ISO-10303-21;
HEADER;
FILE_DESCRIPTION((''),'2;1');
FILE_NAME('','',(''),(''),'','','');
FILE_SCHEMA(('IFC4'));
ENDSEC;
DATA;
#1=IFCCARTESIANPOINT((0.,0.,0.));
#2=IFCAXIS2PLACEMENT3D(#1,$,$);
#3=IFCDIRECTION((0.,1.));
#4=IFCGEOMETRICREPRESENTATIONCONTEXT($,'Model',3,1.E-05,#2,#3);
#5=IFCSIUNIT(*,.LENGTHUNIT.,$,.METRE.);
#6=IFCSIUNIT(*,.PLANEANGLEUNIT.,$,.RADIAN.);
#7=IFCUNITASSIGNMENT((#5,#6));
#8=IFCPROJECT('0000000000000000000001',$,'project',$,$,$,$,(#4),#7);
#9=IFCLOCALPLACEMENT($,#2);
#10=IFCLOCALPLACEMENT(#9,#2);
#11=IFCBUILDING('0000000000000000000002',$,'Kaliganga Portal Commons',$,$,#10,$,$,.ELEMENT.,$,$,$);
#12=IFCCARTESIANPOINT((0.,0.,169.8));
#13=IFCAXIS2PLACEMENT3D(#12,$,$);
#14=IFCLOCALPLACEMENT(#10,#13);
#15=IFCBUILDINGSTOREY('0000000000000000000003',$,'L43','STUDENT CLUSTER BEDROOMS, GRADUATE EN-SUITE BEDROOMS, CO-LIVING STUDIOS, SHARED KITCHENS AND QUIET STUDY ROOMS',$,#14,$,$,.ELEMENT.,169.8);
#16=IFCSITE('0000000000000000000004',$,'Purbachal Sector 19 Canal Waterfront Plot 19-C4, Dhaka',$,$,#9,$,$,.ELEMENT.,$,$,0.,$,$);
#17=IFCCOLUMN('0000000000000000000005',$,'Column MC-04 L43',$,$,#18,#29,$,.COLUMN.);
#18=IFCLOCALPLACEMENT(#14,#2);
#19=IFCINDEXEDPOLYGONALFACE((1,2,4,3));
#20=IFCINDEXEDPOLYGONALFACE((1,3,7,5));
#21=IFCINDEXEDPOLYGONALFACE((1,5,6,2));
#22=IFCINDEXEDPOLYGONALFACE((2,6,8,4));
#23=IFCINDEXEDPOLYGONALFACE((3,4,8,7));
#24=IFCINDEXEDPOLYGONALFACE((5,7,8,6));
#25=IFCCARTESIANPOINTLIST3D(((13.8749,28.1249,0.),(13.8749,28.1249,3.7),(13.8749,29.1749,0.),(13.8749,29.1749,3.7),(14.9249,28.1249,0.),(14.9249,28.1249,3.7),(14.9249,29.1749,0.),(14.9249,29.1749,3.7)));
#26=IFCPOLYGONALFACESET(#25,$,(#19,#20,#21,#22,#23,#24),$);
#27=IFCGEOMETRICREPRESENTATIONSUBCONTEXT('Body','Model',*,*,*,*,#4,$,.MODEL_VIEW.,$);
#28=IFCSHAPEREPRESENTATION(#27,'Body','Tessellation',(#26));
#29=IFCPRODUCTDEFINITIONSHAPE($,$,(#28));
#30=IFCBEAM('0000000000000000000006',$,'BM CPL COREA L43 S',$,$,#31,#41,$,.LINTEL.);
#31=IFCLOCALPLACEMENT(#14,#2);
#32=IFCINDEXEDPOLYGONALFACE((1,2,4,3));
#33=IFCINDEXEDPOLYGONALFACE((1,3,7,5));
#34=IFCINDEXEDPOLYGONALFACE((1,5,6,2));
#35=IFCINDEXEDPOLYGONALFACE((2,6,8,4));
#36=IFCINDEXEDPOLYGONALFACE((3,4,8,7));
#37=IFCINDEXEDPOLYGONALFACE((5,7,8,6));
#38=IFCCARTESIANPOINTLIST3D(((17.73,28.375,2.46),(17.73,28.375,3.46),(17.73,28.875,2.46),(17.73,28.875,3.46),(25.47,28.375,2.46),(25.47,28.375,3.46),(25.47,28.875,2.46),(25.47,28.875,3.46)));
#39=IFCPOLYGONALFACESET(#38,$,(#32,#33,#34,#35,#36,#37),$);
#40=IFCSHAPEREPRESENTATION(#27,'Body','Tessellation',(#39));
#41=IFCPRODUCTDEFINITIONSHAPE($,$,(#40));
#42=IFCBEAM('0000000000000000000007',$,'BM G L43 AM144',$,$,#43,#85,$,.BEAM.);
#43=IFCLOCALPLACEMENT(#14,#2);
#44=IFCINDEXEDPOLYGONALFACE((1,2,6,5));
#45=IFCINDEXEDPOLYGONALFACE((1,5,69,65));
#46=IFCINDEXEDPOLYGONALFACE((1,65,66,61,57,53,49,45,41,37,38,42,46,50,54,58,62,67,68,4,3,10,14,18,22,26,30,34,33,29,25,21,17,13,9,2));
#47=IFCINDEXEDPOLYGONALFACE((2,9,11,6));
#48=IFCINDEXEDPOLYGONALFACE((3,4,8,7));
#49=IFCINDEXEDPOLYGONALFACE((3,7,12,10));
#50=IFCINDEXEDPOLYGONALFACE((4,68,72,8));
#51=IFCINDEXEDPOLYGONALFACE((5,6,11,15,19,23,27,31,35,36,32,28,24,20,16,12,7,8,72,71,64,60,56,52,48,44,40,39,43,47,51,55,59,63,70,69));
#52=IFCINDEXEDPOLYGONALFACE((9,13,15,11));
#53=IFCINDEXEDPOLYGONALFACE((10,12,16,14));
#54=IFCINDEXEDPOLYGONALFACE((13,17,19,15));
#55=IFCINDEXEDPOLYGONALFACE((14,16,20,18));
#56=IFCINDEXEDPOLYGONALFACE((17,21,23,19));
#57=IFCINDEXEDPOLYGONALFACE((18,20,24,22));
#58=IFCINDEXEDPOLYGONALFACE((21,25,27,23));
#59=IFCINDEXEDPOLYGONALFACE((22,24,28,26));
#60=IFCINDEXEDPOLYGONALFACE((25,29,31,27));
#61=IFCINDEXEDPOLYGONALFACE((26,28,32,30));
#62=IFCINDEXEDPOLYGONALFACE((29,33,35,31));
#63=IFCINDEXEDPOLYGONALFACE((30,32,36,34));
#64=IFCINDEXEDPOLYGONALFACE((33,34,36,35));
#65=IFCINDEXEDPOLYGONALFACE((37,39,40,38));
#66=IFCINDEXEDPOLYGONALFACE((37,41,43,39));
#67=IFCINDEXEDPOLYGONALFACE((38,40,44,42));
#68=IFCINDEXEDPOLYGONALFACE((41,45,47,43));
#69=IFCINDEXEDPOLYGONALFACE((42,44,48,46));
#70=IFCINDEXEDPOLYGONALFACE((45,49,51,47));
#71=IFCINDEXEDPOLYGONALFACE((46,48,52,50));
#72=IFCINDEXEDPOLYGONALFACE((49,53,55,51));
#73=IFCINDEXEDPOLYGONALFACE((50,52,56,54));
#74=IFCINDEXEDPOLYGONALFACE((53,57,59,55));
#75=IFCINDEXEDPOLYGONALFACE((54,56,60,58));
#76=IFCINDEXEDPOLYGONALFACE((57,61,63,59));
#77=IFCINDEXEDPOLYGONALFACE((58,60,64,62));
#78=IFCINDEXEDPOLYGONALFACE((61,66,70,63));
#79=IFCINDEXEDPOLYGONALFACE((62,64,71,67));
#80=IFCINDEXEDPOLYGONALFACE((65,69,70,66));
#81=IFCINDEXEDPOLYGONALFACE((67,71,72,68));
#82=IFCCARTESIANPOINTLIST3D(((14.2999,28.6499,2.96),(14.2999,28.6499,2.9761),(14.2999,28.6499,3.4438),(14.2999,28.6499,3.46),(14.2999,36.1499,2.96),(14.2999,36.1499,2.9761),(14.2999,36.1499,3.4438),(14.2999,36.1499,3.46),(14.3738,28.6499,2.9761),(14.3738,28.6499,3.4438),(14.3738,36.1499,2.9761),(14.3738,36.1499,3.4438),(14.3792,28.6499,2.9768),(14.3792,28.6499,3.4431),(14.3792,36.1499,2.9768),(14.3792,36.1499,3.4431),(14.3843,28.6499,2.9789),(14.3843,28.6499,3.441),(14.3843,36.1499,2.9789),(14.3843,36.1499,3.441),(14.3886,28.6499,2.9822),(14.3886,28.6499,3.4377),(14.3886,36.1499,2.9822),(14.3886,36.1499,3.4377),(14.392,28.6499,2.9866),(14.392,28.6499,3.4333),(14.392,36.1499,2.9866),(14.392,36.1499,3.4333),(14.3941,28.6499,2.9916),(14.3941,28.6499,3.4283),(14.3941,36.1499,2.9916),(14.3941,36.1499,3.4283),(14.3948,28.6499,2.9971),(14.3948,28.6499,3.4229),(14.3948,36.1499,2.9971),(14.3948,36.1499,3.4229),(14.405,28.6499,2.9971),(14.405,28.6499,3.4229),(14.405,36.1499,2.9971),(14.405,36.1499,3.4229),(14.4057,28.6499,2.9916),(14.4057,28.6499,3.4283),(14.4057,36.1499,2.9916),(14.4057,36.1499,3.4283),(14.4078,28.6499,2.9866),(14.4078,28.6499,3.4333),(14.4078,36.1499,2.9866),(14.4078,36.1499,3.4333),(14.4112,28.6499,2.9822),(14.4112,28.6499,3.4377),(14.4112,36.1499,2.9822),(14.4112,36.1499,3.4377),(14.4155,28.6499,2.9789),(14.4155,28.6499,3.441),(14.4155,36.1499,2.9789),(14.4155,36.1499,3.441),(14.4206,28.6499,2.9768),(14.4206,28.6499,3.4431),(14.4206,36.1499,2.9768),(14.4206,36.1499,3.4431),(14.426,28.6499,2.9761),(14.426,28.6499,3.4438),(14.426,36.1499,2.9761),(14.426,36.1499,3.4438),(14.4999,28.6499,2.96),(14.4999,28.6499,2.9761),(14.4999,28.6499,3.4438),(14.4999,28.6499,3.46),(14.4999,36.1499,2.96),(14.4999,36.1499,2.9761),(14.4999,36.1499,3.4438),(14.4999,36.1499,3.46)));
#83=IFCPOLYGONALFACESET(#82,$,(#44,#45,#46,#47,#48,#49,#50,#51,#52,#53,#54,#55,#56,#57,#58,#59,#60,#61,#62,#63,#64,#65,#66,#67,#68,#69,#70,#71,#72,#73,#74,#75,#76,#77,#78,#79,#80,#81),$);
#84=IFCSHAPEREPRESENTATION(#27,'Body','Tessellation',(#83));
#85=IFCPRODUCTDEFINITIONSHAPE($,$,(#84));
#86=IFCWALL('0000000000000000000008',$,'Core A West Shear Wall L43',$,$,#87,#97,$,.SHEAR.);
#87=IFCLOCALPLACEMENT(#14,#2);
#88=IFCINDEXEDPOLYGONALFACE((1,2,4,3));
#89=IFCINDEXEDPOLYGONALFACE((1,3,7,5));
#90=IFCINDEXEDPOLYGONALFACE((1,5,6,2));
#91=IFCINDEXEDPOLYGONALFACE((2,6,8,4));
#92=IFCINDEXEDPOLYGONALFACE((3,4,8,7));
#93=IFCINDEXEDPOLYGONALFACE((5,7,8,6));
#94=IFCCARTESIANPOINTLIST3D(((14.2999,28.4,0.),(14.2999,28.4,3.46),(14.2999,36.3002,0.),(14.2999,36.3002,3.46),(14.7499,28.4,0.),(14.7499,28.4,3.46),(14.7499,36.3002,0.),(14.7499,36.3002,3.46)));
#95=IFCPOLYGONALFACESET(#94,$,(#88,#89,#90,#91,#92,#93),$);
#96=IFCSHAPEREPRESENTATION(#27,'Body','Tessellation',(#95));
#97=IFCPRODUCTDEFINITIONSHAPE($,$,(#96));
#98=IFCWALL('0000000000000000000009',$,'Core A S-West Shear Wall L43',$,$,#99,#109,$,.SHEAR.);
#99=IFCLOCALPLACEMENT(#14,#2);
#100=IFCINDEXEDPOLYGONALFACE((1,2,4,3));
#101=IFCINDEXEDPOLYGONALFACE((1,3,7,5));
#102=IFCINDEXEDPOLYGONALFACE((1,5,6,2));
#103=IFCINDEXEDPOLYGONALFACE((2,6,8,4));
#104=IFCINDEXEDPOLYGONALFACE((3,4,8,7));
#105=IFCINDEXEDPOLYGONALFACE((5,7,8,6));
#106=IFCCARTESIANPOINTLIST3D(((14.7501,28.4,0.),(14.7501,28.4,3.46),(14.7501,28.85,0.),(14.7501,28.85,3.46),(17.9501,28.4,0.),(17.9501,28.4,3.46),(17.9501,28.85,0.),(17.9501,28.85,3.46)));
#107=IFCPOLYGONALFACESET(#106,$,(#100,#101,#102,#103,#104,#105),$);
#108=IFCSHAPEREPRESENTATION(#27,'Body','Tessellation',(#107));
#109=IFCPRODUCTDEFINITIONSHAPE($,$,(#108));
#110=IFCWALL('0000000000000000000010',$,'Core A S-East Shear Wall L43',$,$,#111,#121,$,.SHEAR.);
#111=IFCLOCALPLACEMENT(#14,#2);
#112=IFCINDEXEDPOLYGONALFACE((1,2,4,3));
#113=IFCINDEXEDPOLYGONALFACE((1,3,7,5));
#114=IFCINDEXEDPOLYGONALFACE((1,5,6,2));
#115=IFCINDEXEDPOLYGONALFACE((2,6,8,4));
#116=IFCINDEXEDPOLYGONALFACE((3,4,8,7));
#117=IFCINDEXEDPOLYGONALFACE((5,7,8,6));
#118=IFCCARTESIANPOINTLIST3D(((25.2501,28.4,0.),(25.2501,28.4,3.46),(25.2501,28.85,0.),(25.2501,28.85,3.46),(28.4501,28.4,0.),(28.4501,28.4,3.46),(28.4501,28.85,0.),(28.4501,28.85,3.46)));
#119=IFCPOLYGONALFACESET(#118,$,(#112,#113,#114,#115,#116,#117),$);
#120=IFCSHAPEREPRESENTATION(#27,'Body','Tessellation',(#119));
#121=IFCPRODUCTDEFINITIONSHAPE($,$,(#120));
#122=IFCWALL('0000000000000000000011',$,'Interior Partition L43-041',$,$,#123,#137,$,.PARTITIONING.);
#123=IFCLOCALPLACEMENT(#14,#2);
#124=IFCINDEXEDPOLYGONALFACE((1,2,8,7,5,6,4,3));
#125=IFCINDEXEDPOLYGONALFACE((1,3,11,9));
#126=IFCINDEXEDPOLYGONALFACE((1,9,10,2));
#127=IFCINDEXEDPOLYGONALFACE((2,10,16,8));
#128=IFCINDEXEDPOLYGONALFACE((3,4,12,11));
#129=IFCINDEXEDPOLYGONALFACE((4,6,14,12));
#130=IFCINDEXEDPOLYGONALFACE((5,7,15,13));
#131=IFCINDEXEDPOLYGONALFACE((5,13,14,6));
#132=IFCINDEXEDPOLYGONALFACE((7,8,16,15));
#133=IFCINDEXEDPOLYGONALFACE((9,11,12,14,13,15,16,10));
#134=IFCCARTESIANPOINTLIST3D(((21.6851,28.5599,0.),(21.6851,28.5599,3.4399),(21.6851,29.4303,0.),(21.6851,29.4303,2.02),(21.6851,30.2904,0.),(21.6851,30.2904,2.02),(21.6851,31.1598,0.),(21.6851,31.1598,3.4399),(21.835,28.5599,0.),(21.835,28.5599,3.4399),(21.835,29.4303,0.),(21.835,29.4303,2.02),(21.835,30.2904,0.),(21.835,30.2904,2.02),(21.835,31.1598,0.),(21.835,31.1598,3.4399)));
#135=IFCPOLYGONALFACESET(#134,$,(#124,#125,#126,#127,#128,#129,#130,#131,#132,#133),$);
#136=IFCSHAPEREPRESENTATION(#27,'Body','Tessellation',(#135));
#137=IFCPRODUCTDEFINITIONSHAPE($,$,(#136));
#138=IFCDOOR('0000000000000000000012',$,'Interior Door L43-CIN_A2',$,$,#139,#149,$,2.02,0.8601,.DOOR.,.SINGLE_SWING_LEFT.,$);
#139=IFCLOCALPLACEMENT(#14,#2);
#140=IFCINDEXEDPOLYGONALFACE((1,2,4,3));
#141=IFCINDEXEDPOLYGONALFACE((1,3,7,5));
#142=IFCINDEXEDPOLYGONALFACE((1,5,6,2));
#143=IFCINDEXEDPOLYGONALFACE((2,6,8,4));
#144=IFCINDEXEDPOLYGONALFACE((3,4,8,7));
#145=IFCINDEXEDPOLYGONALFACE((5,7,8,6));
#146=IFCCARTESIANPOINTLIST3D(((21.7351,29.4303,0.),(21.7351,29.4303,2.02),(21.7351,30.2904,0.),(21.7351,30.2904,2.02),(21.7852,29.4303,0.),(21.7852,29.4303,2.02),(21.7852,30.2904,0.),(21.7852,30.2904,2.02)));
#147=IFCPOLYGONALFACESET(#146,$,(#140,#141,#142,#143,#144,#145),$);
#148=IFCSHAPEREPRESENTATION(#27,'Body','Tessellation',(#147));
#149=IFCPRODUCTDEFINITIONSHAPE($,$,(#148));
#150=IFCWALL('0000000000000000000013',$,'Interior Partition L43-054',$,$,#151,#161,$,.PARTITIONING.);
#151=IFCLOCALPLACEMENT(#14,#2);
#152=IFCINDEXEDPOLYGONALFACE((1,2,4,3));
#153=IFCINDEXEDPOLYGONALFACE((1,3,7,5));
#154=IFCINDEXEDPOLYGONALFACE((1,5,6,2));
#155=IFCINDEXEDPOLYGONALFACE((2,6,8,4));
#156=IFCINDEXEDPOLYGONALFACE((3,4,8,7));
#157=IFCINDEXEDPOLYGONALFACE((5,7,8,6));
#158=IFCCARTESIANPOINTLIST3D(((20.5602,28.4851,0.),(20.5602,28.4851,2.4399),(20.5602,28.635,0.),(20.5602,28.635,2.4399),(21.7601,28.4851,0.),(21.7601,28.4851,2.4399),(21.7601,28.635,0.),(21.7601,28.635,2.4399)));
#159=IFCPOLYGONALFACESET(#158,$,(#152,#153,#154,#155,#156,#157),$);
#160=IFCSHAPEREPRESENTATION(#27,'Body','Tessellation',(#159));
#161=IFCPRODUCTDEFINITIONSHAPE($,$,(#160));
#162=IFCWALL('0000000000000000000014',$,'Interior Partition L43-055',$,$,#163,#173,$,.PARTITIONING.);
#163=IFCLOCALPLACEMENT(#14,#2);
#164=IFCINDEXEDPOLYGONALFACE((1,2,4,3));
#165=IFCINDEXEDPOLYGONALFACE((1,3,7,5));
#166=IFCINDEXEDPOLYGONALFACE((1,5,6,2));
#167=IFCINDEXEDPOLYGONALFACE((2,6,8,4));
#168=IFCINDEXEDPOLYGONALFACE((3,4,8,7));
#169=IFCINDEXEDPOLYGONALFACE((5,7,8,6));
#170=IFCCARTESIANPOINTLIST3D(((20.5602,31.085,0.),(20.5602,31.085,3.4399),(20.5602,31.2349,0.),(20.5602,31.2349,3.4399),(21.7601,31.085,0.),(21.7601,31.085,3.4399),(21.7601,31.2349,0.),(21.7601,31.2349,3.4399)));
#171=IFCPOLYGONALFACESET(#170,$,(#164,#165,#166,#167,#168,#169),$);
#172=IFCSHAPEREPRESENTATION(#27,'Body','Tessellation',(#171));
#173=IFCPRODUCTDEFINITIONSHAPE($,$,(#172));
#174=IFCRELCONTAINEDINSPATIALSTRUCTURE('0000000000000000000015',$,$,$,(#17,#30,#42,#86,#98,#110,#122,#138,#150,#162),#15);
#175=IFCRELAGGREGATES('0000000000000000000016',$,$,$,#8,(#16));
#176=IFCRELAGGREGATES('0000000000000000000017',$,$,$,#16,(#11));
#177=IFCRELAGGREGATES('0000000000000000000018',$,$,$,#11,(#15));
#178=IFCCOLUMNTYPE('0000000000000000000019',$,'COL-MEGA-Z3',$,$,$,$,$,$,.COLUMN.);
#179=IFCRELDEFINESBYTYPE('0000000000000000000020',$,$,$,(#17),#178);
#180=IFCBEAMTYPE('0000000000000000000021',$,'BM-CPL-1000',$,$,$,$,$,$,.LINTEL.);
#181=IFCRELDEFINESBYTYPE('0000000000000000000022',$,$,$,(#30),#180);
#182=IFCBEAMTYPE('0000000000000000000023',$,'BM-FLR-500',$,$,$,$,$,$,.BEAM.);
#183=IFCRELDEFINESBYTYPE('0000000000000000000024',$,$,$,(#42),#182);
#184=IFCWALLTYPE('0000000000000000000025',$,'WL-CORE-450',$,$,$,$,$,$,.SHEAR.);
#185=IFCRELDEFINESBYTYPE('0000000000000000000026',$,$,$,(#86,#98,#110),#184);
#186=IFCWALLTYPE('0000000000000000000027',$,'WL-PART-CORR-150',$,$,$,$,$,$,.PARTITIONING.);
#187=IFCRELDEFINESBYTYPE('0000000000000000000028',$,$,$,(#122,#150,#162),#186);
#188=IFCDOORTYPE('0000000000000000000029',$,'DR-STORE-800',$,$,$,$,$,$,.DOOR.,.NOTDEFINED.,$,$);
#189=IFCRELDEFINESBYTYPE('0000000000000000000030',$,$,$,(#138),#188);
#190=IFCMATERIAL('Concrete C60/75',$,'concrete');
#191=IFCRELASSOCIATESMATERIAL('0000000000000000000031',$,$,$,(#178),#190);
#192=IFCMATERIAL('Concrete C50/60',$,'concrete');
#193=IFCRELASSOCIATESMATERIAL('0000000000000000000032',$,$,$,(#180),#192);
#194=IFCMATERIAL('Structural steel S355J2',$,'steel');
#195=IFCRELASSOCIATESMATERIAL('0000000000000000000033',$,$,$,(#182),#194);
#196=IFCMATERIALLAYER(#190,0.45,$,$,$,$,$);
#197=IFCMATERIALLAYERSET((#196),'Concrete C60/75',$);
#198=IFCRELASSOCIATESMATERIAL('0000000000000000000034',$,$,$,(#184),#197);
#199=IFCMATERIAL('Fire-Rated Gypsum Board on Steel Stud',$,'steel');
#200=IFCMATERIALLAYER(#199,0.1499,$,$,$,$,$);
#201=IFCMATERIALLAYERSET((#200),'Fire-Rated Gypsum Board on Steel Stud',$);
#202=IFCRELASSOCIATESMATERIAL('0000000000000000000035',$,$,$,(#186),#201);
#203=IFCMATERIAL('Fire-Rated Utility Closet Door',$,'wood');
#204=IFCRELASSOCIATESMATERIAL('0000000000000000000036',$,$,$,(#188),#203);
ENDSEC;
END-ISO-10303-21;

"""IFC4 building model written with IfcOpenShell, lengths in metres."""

from ifc_helpers import new_model, si_unit, direction, frame, frame_2d, origin, origin_2d, place, context, subcontext, project, spatial, rectangle, i_section, extrude, source, transform, mapped, material, layer, layer_set, material_profile, profile_set, type_object, element, fill, save


model = new_model("IFC4")

# Units and contexts
model_context = context("Model", 3, precision=1e-05, world=origin(), true_north=direction((0.0, 1.0)))
body_context = subcontext(model_context, "Body", "Model", "MODEL_VIEW")
ifc_project = project(units=[si_unit("LENGTHUNIT", "METRE"), si_unit("PLANEANGLEUNIT", "RADIAN")], contexts=[model_context])

# Site, building, storey
site_placement = place(None, origin())
site = spatial("IfcSite", under=ifc_project, at=site_placement, Name="Purbachal Sector 19 Canal Waterfront Plot 19-C4, Dhaka", CompositionType="ELEMENT", RefElevation=0.0)
building_placement = place(site_placement, origin())
building = spatial("IfcBuilding", under=site, at=building_placement, Name="Kaliganga Portal Commons", CompositionType="ELEMENT")
storey_placement = place(building_placement, frame((0.0, 0.0, 169.8)))
storey = spatial("IfcBuildingStorey", under=building, at=storey_placement, Name="L43", Description="STUDENT CLUSTER BEDROOMS, GRADUATE EN-SUITE BEDROOMS, CO-LIVING STUDIOS, SHARED KITCHENS AND QUIET STUDY ROOMS", CompositionType="ELEMENT", Elevation=169.8)

# Column
ifc_material_1 = material(Name="Concrete C60/75", Category="concrete")
ifc_material_profile_1 = material_profile(ifc_material_1, rectangle(XDim=1.05, YDim=1.05, at=origin_2d()), Name="RC 1050x1050")
ifc_profile_set_1 = profile_set([ifc_material_profile_1], Name="Concrete C60/75")
column_type = type_object("IfcColumnType", Name="COL-MEGA-Z3", PredefinedType="COLUMN", material=ifc_profile_set_1)
shared_shape_1 = source(origin(), body_context, "Body", "SweptSolid", [
    extrude(rectangle(XDim=1.05, YDim=1.05, at=origin_2d()), origin(), (0.0, 0.0, 1.0), 3.7),
])
column_placement = place(storey_placement, frame((14.3999, 28.6499, 0.0), z_axis=(0.0, 0.0, 1.0), x_axis=(1.0, 0.0, 0.0)))
element("IfcColumn", 1, at=column_placement, inside=storey, type_object=column_type, Name="Column MC-04 L43", PredefinedType="COLUMN", context=body_context, shape_type="MappedRepresentation", body=[
    mapped(shared_shape_1, transform((0.0, 0.0, 0.0), x_axis=(1.0, 0.0, 0.0), y_axis=(0.0, 1.0, 0.0), z_axis=(0.0, 0.0, 1.0), scale=1.0)),
])

# Beams
ifc_material_2 = material(Name="Concrete C50/60", Category="concrete")
ifc_material_profile_2 = material_profile(ifc_material_2, rectangle(XDim=0.5, YDim=1.0, at=origin_2d()), Name="RC 500x1000")
ifc_profile_set_2 = profile_set([ifc_material_profile_2], Name="Concrete C50/60")
beam_type_1 = type_object("IfcBeamType", Name="BM-CPL-1000", PredefinedType="LINTEL", material=ifc_profile_set_2)
shared_shape_2 = source(origin(), body_context, "Body", "SweptSolid", [
    extrude(rectangle(XDim=0.5, YDim=1.0, at=origin_2d()), origin(), (0.0, 0.0, 1.0), 7.74),
])
beam_1_placement = place(storey_placement, frame((17.73, 28.625, 2.96), z_axis=(1.0, 0.0, 0.0), x_axis=(0.0, 1.0, 0.0)))
element("IfcBeam", 2, at=beam_1_placement, inside=storey, type_object=beam_type_1, Name="BM CPL COREA L43 S", PredefinedType="LINTEL", context=body_context, shape_type="MappedRepresentation", body=[
    mapped(shared_shape_2, transform((0.0, 0.0, 0.0), x_axis=(1.0, 0.0, 0.0), y_axis=(0.0, 1.0, 0.0), z_axis=(0.0, 0.0, 1.0), scale=1.0)),
])
ifc_material_3 = material(Name="Structural steel S355J2", Category="steel")
ifc_material_profile_3 = material_profile(ifc_material_3, i_section(OverallWidth=0.2, OverallDepth=0.5, WebThickness=0.0103, FlangeThickness=0.0161, FilletRadius=0.021, at=origin_2d()), Name="IPE 500")
ifc_profile_set_3 = profile_set([ifc_material_profile_3], Name="Structural steel S355J2 wide-flange")
beam_type_2 = type_object("IfcBeamType", Name="BM-FLR-500", PredefinedType="BEAM", material=ifc_profile_set_3)
shared_shape_3 = source(origin(), body_context, "Body", "SweptSolid", [
    extrude(i_section(OverallWidth=0.2, OverallDepth=0.5, WebThickness=0.0103, FlangeThickness=0.0161, FilletRadius=0.021, at=origin_2d()), origin(), (0.0, 0.0, 1.0), 7.5),
])
beam_2_placement = place(storey_placement, frame((14.3999, 28.6499, 3.21), z_axis=(0.0, 1.0, 0.0), x_axis=(-1.0, 0.0, 0.0)))
element("IfcBeam", 3, at=beam_2_placement, inside=storey, type_object=beam_type_2, Name="BM G L43 AM144", PredefinedType="BEAM", context=body_context, shape_type="MappedRepresentation", body=[
    mapped(shared_shape_3, transform((0.0, 0.0, 0.0), x_axis=(1.0, 0.0, 0.0), y_axis=(0.0, 1.0, 0.0), z_axis=(0.0, 0.0, 1.0), scale=1.0)),
])

# Walls
ifc_layer_1 = layer(ifc_material_1, 0.45)
ifc_layer_set_1 = layer_set([ifc_layer_1], Name="Concrete C60/75")
wall_type_1 = type_object("IfcWallType", Name="WL-CORE-450", PredefinedType="SHEAR", material=ifc_layer_set_1)
wall_1_placement = place(storey_placement, frame((14.5249, 28.3999, 0.0), z_axis=(0.0, 0.0, 1.0), x_axis=(0.0, 1.0, 0.0)))
element("IfcWall", 4, at=wall_1_placement, inside=storey, type_object=wall_type_1, Name="Core A West Shear Wall L43", PredefinedType="SHEAR", context=body_context, shape_type="SweptSolid", body=[
    extrude(rectangle(XDim=7.9001, YDim=0.45, at=frame_2d((3.9502, 0.0))), origin(), (0.0, 0.0, 1.0), 3.46),
])
for number, where, z_axis, x_axis, name in (
    (5, (14.75, 28.625, 0.0), (0.0, 0.0, 1.0), (1.0, 0.0, 0.0), "Core A S-West Shear Wall L43"),
    (6, (25.25, 28.625, 0.0), (0.0, 0.0, 1.0), (1.0, 0.0, 0.0), "Core A S-East Shear Wall L43"),
):
    element("IfcWall", number, at=place(storey_placement, frame(where, z_axis=z_axis, x_axis=x_axis)), inside=storey, type_object=wall_type_1, Name=name, PredefinedType="SHEAR", context=body_context, shape_type="SweptSolid", body=[
        extrude(rectangle(XDim=3.2, YDim=0.45, at=frame_2d((1.6001, 0.0))), origin(), (0.0, 0.0, 1.0), 3.46),
    ])

# Wall, opening, door
ifc_material_4 = material(Name="Fire-Rated Gypsum Board on Steel Stud", Category="steel")
ifc_layer_2 = layer(ifc_material_4, 0.1499)
ifc_layer_set_2 = layer_set([ifc_layer_2], Name="Fire-Rated Gypsum Board on Steel Stud")
wall_type_2 = type_object("IfcWallType", Name="WL-PART-CORR-150", PredefinedType="PARTITIONING", material=ifc_layer_set_2)
wall_2_placement = place(storey_placement, frame((21.76, 28.5601, 0.0), z_axis=(0.0, 0.0, 1.0), x_axis=(0.0, 1.0, 0.0)))
wall_2 = element("IfcWall", 7, at=wall_2_placement, inside=storey, type_object=wall_type_2, Name="Interior Partition L43-041", PredefinedType="PARTITIONING", context=body_context, shape_type="SweptSolid", body=[
    extrude(rectangle(XDim=2.5999, YDim=0.1499, at=frame_2d((1.2998, 0.0))), origin(), (0.0, 0.0, 1.0), 3.4399),
])
opening_1_placement = place(wall_2_placement, frame((0.8701, 0.0, 0.0)))
opening_1 = element("IfcOpeningElement", 8, at=opening_1_placement, cuts=wall_2, PredefinedType="OPENING", context=body_context, shape_type="SweptSolid", body=[
    extrude(rectangle(XDim=0.8601, YDim=2.02, at=frame_2d((0.4302, 1.01))), frame((0.0, 0.085, 0.0), z_axis=(0.0, -1.0, 0.0), x_axis=(1.0, 0.0, 0.0)), (0.0, 0.0, 1.0), 0.1699),
])
ifc_material_5 = material(Name="Fire-Rated Utility Closet Door", Category="wood")
door_type_1 = type_object("IfcDoorType", Name="DR-STORE-800", OperationType="NOTDEFINED", PredefinedType="DOOR", material=ifc_material_5)
door_1_placement = place(opening_1_placement, origin())
door_1 = element("IfcDoor", 9, at=door_1_placement, inside=storey, type_object=door_type_1, Name="Interior Door L43-CIN_A2", OperationType="SINGLE_SWING_LEFT", OverallHeight=2.02, OverallWidth=0.8601, PredefinedType="DOOR", context=body_context, shape_type="SweptSolid", body=[
    extrude(rectangle(XDim=0.8601, YDim=2.02, at=frame_2d((0.4302, 1.01))), frame((0.0, 0.0249, 0.0), z_axis=(0.0, -1.0, 0.0), x_axis=(1.0, 0.0, 0.0)), (0.0, 0.0, 1.0), 0.05),
])
fill(opening_1, door_1)

# Walls
wall_3_placement = place(storey_placement, frame((20.5601, 28.5601, 0.0), z_axis=(0.0, 0.0, 1.0), x_axis=(1.0, 0.0, 0.0)))
element("IfcWall", 10, at=wall_3_placement, inside=storey, type_object=wall_type_2, Name="Interior Partition L43-054", PredefinedType="PARTITIONING", context=body_context, shape_type="SweptSolid", body=[
    extrude(rectangle(XDim=1.2, YDim=0.1499, at=frame_2d((0.6001, 0.0))), origin(), (0.0, 0.0, 1.0), 2.4399),
])
wall_4_placement = place(storey_placement, frame((20.5601, 31.1599, 0.0), z_axis=(0.0, 0.0, 1.0), x_axis=(1.0, 0.0, 0.0)))
element("IfcWall", 11, at=wall_4_placement, inside=storey, type_object=wall_type_2, Name="Interior Partition L43-055", PredefinedType="PARTITIONING", context=body_context, shape_type="SweptSolid", body=[
    extrude(rectangle(XDim=1.2, YDim=0.1499, at=frame_2d((0.6001, 0.0))), origin(), (0.0, 0.0, 1.0), 3.4399),
])

save(model, "model.ifc")
